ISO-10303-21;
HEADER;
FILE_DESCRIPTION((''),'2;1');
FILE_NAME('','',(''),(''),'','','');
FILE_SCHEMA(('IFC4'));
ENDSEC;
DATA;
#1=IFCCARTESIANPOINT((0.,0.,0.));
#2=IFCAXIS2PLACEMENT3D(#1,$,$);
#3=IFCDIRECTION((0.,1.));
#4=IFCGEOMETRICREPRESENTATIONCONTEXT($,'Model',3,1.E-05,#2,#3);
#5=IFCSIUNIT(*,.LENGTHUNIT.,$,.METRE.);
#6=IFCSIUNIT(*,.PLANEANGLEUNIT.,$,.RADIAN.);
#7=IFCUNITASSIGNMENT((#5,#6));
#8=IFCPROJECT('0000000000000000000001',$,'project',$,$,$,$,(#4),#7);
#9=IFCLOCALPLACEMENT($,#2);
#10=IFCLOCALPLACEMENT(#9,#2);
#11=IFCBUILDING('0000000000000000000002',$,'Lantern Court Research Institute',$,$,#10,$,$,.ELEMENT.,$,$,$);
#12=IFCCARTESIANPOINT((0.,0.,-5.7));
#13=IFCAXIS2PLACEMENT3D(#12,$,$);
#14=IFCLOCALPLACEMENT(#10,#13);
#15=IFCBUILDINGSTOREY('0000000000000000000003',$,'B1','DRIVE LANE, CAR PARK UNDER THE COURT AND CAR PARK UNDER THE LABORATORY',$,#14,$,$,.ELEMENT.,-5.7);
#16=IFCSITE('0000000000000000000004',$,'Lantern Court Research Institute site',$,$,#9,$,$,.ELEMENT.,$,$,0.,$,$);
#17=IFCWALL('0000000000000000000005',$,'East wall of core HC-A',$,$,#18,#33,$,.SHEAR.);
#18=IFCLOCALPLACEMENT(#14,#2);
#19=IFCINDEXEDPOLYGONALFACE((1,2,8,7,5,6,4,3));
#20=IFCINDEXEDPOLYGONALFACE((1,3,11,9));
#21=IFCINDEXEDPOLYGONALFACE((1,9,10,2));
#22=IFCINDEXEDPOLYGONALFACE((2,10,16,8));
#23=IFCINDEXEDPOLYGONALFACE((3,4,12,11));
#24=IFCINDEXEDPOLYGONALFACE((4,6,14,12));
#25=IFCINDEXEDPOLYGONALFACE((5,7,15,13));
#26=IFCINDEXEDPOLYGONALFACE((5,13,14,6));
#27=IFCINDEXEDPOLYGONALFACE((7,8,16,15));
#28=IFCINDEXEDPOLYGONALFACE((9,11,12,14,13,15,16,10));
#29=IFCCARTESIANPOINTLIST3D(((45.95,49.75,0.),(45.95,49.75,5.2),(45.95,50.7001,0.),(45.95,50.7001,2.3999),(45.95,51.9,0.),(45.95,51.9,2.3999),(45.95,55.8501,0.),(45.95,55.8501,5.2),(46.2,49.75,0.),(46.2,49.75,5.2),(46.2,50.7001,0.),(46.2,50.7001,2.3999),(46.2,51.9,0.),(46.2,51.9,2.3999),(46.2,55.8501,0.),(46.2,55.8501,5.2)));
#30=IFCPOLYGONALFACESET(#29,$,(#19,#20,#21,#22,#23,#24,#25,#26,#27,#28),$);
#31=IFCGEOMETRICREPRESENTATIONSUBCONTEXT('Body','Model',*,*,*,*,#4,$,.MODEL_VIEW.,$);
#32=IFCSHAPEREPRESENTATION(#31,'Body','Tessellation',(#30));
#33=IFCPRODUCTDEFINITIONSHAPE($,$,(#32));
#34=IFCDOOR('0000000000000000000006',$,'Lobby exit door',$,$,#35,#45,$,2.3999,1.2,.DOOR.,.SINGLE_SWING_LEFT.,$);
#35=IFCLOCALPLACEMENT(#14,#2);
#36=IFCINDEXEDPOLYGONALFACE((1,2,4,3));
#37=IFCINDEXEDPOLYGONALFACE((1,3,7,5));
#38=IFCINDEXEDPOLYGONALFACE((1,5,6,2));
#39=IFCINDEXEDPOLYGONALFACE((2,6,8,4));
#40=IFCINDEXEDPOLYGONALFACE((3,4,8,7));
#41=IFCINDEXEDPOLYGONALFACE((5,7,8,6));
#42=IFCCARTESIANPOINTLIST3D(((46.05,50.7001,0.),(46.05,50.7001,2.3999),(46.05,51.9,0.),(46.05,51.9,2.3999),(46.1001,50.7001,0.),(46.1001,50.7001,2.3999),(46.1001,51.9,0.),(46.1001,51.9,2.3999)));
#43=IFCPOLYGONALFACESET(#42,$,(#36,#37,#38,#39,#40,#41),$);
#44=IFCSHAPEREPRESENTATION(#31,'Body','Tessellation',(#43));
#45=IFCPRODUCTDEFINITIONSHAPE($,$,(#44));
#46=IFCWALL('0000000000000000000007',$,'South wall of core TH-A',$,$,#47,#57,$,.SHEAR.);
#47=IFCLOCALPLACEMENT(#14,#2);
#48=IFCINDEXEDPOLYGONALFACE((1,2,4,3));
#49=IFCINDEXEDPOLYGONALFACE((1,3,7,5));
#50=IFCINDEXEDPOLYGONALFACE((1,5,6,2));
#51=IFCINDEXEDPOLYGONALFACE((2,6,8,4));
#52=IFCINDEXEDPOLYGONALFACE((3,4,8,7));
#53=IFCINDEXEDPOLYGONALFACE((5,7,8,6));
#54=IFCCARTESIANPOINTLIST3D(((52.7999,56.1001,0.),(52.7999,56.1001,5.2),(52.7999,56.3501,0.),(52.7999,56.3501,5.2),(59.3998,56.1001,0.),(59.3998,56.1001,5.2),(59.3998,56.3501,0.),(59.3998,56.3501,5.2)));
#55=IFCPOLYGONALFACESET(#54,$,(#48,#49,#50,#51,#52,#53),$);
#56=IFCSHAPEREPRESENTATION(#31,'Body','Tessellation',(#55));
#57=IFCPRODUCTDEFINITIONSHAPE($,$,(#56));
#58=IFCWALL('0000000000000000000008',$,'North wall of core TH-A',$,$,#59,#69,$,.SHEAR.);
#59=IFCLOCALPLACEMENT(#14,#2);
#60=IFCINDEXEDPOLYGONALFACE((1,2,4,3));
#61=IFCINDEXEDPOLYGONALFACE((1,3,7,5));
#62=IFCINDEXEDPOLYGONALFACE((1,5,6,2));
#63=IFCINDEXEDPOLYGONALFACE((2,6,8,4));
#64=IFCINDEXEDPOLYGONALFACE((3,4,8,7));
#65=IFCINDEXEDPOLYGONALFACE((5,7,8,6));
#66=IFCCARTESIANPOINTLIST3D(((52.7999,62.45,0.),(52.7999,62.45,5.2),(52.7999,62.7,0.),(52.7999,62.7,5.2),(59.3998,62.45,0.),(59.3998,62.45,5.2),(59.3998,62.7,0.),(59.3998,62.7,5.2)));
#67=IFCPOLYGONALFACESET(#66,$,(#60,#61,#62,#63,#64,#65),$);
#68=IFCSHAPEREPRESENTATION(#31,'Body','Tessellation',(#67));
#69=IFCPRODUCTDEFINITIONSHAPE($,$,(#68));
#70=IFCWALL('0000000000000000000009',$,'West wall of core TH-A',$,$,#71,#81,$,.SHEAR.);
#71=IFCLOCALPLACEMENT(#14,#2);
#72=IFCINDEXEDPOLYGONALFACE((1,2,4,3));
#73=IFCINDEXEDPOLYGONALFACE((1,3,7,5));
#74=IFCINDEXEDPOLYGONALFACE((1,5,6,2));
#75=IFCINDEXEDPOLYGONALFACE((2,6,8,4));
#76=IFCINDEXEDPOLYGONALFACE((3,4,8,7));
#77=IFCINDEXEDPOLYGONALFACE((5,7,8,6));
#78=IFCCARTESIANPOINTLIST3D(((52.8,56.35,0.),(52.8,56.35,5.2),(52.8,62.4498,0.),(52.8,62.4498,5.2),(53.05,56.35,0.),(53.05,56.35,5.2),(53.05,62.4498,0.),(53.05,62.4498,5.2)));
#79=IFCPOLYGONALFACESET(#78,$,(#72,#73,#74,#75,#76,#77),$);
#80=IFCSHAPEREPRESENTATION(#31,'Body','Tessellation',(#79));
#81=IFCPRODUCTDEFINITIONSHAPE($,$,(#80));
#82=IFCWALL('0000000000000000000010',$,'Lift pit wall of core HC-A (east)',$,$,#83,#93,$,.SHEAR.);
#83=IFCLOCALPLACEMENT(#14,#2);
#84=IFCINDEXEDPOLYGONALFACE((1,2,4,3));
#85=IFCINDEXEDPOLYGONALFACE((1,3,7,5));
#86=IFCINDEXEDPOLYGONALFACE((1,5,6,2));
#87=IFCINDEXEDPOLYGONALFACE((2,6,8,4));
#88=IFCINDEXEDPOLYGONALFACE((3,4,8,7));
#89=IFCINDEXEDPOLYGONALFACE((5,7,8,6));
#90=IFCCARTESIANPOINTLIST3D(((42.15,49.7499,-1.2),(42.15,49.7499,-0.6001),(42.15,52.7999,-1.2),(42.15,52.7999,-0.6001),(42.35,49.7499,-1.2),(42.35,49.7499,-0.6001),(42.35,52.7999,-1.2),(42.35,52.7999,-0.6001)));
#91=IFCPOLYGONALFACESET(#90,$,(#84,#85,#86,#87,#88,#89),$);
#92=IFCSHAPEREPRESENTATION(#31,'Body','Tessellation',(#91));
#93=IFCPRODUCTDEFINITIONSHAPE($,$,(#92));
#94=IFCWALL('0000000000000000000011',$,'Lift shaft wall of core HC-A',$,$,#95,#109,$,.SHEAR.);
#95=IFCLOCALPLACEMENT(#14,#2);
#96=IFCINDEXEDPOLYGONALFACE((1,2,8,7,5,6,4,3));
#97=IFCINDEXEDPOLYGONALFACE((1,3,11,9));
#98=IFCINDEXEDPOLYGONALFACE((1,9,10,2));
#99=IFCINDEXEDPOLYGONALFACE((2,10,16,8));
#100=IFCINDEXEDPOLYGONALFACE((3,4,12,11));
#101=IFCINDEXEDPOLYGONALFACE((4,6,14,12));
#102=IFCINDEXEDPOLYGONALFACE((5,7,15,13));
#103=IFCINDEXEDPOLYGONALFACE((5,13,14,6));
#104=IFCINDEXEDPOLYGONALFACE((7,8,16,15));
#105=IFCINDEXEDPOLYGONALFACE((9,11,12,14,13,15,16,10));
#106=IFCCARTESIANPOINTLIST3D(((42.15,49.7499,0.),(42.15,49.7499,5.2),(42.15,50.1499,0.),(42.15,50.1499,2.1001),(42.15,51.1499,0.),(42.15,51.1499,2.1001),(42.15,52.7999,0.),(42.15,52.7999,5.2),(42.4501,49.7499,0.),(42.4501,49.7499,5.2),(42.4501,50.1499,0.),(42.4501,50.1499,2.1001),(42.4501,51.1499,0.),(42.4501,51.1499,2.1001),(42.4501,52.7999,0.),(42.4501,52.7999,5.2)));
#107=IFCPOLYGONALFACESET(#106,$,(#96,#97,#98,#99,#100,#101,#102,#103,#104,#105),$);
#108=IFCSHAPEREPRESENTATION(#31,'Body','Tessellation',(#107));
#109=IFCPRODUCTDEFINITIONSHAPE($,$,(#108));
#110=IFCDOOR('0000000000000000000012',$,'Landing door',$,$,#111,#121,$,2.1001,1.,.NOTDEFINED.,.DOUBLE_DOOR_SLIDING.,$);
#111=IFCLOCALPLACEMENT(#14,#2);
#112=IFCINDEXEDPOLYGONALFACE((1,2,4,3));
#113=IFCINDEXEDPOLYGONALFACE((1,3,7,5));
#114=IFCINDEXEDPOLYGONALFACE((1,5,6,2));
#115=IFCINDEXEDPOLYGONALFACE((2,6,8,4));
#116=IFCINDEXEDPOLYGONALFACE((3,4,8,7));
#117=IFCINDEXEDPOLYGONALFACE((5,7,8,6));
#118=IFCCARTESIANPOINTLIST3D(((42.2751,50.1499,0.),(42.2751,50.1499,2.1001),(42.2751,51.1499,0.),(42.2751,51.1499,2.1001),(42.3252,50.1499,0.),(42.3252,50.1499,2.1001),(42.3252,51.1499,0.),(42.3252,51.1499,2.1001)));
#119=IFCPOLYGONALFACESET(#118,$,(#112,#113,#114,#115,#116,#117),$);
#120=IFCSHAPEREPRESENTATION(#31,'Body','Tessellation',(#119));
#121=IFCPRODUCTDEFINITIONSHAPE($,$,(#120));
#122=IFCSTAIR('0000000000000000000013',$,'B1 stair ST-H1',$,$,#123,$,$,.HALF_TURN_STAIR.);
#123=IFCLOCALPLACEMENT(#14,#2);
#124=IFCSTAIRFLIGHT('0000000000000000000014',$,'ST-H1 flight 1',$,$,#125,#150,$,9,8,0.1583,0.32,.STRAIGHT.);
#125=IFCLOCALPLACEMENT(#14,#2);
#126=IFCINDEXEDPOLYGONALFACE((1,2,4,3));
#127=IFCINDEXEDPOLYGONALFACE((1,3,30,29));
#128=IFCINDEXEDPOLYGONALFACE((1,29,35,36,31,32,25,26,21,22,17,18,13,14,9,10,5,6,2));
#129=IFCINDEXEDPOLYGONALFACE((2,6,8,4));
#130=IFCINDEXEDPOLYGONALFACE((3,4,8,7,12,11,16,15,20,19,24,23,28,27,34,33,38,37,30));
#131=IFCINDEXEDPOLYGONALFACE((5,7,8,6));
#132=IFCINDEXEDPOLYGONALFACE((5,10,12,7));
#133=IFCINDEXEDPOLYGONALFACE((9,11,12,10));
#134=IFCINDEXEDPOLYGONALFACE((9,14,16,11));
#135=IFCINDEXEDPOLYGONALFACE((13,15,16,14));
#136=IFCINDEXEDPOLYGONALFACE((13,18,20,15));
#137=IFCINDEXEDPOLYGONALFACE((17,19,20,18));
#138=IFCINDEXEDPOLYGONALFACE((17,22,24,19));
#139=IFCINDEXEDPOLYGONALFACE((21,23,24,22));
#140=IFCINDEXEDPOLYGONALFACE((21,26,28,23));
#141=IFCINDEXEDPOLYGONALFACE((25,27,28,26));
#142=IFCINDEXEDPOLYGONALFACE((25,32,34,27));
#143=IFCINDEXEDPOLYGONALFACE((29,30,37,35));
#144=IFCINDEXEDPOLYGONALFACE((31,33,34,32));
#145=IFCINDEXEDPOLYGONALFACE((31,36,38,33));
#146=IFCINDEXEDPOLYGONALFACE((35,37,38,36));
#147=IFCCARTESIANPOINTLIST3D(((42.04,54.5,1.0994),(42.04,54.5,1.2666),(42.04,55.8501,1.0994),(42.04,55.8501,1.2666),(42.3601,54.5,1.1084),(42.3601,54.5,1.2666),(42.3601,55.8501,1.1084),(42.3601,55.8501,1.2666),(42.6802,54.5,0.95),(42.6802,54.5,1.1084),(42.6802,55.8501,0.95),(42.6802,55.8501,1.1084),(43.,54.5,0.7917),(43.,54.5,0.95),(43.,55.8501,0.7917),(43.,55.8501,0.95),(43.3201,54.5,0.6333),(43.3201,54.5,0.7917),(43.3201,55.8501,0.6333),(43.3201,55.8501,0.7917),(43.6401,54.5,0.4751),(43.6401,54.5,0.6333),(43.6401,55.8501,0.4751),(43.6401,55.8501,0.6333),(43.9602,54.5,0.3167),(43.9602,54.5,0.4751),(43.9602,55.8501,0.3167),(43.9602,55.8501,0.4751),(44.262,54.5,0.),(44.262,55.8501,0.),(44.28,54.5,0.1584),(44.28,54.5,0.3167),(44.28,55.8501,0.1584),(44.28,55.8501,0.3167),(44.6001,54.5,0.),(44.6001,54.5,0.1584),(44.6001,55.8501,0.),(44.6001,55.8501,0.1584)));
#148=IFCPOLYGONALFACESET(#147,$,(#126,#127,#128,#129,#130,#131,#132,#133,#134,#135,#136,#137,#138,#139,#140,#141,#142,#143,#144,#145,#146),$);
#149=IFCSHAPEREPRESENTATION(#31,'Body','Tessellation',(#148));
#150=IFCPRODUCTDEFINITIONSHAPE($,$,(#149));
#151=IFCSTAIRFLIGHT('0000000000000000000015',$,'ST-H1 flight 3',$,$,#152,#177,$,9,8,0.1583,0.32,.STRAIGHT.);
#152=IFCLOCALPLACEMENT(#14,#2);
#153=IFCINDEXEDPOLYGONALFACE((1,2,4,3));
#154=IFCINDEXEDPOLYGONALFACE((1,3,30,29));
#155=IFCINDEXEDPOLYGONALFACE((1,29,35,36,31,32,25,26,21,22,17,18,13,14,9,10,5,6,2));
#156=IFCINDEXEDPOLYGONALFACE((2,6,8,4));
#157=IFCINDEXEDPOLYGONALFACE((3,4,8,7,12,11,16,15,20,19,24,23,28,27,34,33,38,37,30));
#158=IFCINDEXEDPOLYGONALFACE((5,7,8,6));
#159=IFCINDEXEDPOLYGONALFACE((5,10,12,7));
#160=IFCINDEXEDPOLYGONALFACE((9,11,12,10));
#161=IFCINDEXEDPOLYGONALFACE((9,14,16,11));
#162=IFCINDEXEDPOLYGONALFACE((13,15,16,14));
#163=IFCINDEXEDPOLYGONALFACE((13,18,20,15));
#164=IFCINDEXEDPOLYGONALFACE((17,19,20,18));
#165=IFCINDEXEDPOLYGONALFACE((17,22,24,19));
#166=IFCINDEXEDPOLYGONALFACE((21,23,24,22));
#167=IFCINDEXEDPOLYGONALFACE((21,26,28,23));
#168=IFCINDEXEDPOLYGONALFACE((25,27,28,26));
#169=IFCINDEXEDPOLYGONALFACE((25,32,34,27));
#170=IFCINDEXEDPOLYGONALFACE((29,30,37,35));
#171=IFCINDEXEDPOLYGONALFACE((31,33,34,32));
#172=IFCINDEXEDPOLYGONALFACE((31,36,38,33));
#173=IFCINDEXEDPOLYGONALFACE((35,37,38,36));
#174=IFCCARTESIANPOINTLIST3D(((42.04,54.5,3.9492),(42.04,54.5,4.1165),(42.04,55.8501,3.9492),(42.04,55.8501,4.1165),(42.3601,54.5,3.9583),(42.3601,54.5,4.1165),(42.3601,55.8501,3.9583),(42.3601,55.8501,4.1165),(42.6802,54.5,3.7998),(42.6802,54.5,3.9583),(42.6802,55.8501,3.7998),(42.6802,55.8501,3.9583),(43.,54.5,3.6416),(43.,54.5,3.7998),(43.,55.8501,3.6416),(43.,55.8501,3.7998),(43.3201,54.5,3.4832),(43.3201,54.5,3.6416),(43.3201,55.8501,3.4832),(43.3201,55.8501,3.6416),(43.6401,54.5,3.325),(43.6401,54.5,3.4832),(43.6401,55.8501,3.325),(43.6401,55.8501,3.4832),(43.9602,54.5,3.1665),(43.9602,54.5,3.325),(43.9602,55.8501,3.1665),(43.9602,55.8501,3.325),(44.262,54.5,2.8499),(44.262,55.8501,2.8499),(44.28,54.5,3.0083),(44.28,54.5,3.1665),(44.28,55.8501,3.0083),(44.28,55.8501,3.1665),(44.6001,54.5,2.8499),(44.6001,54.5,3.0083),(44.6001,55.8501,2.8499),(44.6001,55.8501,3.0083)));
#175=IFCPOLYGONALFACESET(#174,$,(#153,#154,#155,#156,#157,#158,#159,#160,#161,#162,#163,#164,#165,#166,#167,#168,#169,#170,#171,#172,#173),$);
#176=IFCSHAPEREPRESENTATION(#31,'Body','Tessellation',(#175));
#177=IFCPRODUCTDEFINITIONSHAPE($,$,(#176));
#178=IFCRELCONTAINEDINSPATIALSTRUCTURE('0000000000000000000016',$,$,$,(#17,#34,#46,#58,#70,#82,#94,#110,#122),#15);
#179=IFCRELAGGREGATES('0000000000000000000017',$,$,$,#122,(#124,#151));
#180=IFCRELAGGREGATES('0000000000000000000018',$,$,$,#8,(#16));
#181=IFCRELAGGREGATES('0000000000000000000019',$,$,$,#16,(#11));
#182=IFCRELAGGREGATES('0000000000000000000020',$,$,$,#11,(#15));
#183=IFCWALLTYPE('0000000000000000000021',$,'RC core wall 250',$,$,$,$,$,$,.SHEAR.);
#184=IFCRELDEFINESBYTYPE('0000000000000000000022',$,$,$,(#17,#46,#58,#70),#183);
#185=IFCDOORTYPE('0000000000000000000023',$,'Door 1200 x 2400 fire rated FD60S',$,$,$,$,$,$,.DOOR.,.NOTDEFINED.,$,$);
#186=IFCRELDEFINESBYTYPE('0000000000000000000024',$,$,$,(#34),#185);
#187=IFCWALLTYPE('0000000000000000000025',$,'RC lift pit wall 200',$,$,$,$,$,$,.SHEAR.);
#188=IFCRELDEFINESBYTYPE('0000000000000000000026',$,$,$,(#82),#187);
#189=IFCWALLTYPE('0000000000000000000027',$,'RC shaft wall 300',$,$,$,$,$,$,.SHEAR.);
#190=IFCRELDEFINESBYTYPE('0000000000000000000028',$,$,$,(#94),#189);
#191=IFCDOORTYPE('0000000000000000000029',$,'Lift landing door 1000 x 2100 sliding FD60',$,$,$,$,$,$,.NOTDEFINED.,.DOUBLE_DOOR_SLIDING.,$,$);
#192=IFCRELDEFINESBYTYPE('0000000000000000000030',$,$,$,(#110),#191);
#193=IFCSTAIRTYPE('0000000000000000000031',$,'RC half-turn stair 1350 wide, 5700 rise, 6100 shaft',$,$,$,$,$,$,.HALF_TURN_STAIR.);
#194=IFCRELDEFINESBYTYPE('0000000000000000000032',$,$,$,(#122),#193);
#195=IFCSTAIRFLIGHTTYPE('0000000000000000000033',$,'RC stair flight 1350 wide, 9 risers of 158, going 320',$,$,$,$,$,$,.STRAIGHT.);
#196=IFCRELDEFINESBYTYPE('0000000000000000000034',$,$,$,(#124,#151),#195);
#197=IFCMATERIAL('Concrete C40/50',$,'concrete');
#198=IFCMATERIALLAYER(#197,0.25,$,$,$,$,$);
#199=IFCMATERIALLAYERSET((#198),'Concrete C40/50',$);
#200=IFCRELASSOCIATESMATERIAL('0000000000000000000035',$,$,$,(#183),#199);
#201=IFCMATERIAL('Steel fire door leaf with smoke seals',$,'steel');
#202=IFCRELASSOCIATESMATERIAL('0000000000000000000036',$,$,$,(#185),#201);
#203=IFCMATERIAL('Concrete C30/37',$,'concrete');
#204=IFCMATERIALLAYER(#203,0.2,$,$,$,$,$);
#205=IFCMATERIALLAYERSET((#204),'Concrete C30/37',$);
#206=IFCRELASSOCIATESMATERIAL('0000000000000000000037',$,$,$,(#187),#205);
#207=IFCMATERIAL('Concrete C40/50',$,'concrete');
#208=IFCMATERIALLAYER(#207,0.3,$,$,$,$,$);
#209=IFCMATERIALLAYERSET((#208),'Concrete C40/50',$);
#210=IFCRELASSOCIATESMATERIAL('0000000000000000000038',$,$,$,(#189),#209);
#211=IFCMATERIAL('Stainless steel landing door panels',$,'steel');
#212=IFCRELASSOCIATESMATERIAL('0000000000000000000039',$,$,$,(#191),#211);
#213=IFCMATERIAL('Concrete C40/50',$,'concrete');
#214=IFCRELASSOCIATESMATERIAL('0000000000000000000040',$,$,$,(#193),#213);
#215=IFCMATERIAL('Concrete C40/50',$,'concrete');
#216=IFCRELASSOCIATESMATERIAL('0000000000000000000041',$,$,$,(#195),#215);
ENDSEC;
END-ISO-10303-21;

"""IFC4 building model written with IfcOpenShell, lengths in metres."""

from ifc_helpers import new_model, si_unit, direction, frame, frame_2d, origin, place, context, subcontext, project, spatial, polyline, rectangle, outline, extrude, material, layer, layer_set, type_object, element, fill, aggregate, save


model = new_model("IFC4")

# Units and contexts
model_context = context("Model", 3, precision=1e-05, world=origin(), true_north=direction((0.0, 1.0)))
body_context = subcontext(model_context, "Body", "Model", "MODEL_VIEW")
ifc_project = project(units=[si_unit("LENGTHUNIT", "METRE"), si_unit("PLANEANGLEUNIT", "RADIAN")], contexts=[model_context])

# Site, building, storey
site_placement = place(None, origin())
site = spatial("IfcSite", under=ifc_project, at=site_placement, Name="Lantern Court Research Institute site", CompositionType="ELEMENT", RefElevation=0.0)
building_placement = place(site_placement, origin())
building = spatial("IfcBuilding", under=site, at=building_placement, Name="Lantern Court Research Institute", CompositionType="ELEMENT")
storey_placement = place(building_placement, frame((0.0, 0.0, -5.7)))
storey = spatial("IfcBuildingStorey", under=building, at=storey_placement, Name="B1", Description="DRIVE LANE, CAR PARK UNDER THE COURT AND CAR PARK UNDER THE LABORATORY", CompositionType="ELEMENT", Elevation=-5.7)

# Wall, opening, door
ifc_material_1 = material(Name="Concrete C40/50", Category="concrete")
ifc_layer_1 = layer(ifc_material_1, 0.25)
ifc_layer_set_1 = layer_set([ifc_layer_1], Name="Concrete C40/50")
wall_type_1 = type_object("IfcWallType", Name="RC core wall 250", PredefinedType="SHEAR", material=ifc_layer_set_1)
wall_1_placement = place(storey_placement, frame((46.075, 49.75, 0.0), z_axis=(0.0, 0.0, 1.0), x_axis=(0.0, 1.0, 0.0)))
wall_1 = element("IfcWall", 1, at=wall_1_placement, inside=storey, type_object=wall_type_1, Name="East wall of core HC-A", PredefinedType="SHEAR", context=body_context, shape_type="SweptSolid", body=[
    extrude(rectangle(XDim=6.1001, YDim=0.25, at=frame_2d((3.05, 0.0))), origin(), (0.0, 0.0, 1.0), 5.2),
])
opening_1_placement = place(wall_1_placement, frame((0.95, 0.0, 0.0)))
opening_1 = element("IfcOpeningElement", 2, at=opening_1_placement, cuts=wall_1, PredefinedType="OPENING", context=body_context, shape_type="SweptSolid", body=[
    extrude(rectangle(XDim=1.2, YDim=2.3999, at=frame_2d((0.6001, 1.2))), frame((0.0, 0.135, 0.0), z_axis=(0.0, -1.0, 0.0), x_axis=(1.0, 0.0, 0.0)), (0.0, 0.0, 1.0), 0.27),
])
ifc_material_2 = material(Name="Steel fire door leaf with smoke seals", Category="steel")
door_type_1 = type_object("IfcDoorType", Name="Door 1200 x 2400 fire rated FD60S", OperationType="NOTDEFINED", PredefinedType="DOOR", material=ifc_material_2)
door_1_placement = place(opening_1_placement, origin())
door_1 = element("IfcDoor", 3, at=door_1_placement, inside=storey, type_object=door_type_1, Name="Lobby exit door", OperationType="SINGLE_SWING_LEFT", OverallHeight=2.3999, OverallWidth=1.2, PredefinedType="DOOR", context=body_context, shape_type="SweptSolid", body=[
    extrude(rectangle(XDim=1.2, YDim=2.3999, at=frame_2d((0.6001, 1.2))), frame((0.0, 0.0249, 0.0), z_axis=(0.0, -1.0, 0.0), x_axis=(1.0, 0.0, 0.0)), (0.0, 0.0, 1.0), 0.05),
])
fill(opening_1, door_1)

# Walls
for number, where, z_axis, x_axis, name in (
    (4, (52.8, 56.2251, 0.0), (0.0, 0.0, 1.0), (1.0, 0.0, 0.0), "South wall of core TH-A"),
    (5, (52.8, 62.575, 0.0), (0.0, 0.0, 1.0), (1.0, 0.0, 0.0), "North wall of core TH-A"),
):
    element("IfcWall", number, at=place(storey_placement, frame(where, z_axis=z_axis, x_axis=x_axis)), inside=storey, type_object=wall_type_1, Name=name, PredefinedType="SHEAR", context=body_context, shape_type="SweptSolid", body=[
        extrude(rectangle(XDim=6.5999, YDim=0.25, at=frame_2d((3.2998, 0.0))), origin(), (0.0, 0.0, 1.0), 5.2),
    ])
wall_2_placement = place(storey_placement, frame((52.925, 56.3501, 0.0), z_axis=(0.0, 0.0, 1.0), x_axis=(0.0, 1.0, 0.0)))
element("IfcWall", 6, at=wall_2_placement, inside=storey, type_object=wall_type_1, Name="West wall of core TH-A", PredefinedType="SHEAR", context=body_context, shape_type="SweptSolid", body=[
    extrude(rectangle(XDim=6.0999, YDim=0.25, at=frame_2d((3.0498, 0.0))), origin(), (0.0, 0.0, 1.0), 5.2),
])
ifc_material_3 = material(Name="Concrete C30/37", Category="concrete")
ifc_layer_2 = layer(ifc_material_3, 0.2)
ifc_layer_set_2 = layer_set([ifc_layer_2], Name="Concrete C30/37")
wall_type_2 = type_object("IfcWallType", Name="RC lift pit wall 200", PredefinedType="SHEAR", material=ifc_layer_set_2)
wall_3_placement = place(storey_placement, frame((42.25, 49.75, -1.2), z_axis=(0.0, 0.0, 1.0), x_axis=(0.0, 1.0, 0.0)))
element("IfcWall", 7, at=wall_3_placement, inside=storey, type_object=wall_type_2, Name="Lift pit wall of core HC-A (east)", PredefinedType="SHEAR", context=body_context, shape_type="SweptSolid", body=[
    extrude(rectangle(XDim=3.05, YDim=0.2, at=frame_2d((1.5249, 0.0))), origin(), (0.0, 0.0, 1.0), 0.5999),
])

# Wall, opening, door
ifc_material_4 = material(Name="Concrete C40/50", Category="concrete")
ifc_layer_3 = layer(ifc_material_4, 0.3)
ifc_layer_set_3 = layer_set([ifc_layer_3], Name="Concrete C40/50")
wall_type_3 = type_object("IfcWallType", Name="RC shaft wall 300", PredefinedType="SHEAR", material=ifc_layer_set_3)
wall_4_placement = place(storey_placement, frame((42.3, 49.75, 0.0), z_axis=(0.0, 0.0, 1.0), x_axis=(0.0, 1.0, 0.0)))
wall_4 = element("IfcWall", 8, at=wall_4_placement, inside=storey, type_object=wall_type_3, Name="Lift shaft wall of core HC-A", PredefinedType="SHEAR", context=body_context, shape_type="SweptSolid", body=[
    extrude(rectangle(XDim=3.05, YDim=0.3, at=frame_2d((1.5249, 0.0))), origin(), (0.0, 0.0, 1.0), 5.2),
])
opening_2_placement = place(wall_4_placement, frame((0.3999, 0.0, 0.0)))
opening_2 = element("IfcOpeningElement", 9, at=opening_2_placement, cuts=wall_4, PredefinedType="OPENING", context=body_context, shape_type="SweptSolid", body=[
    extrude(rectangle(XDim=1.0, YDim=2.1001, at=frame_2d((0.5, 1.05))), frame((0.0, 0.1599, 0.0), z_axis=(0.0, -1.0, 0.0), x_axis=(1.0, 0.0, 0.0)), (0.0, 0.0, 1.0), 0.3201),
])
ifc_material_5 = material(Name="Stainless steel landing door panels", Category="steel")
door_type_2 = type_object("IfcDoorType", Name="Lift landing door 1000 x 2100 sliding FD60", OperationType="DOUBLE_DOOR_SLIDING", PredefinedType="NOTDEFINED", material=ifc_material_5)
door_2_placement = place(opening_2_placement, origin())
door_2 = element("IfcDoor", 10, at=door_2_placement, inside=storey, type_object=door_type_2, Name="Landing door", OperationType="DOUBLE_DOOR_SLIDING", OverallHeight=2.1001, OverallWidth=1.0, PredefinedType="NOTDEFINED", context=body_context, shape_type="SweptSolid", body=[
    extrude(rectangle(XDim=1.0, YDim=2.1001, at=frame_2d((0.5, 1.05))), frame((0.0, 0.0249, 0.0), z_axis=(0.0, -1.0, 0.0), x_axis=(1.0, 0.0, 0.0)), (0.0, 0.0, 1.0), 0.05),
])
fill(opening_2, door_2)

# Stair, stair flights
ifc_material_6 = material(Name="Concrete C40/50", Category="concrete")
stair_type = type_object("IfcStairType", Name="RC half-turn stair 1350 wide, 5700 rise, 6100 shaft", PredefinedType="HALF_TURN_STAIR", material=ifc_material_6)
stair_placement = place(storey_placement, origin())
stair = element("IfcStair", 11, at=stair_placement, inside=storey, type_object=stair_type, Name="B1 stair ST-H1", PredefinedType="HALF_TURN_STAIR")
ifc_material_7 = material(Name="Concrete C40/50", Category="concrete")
stair_flight_type = type_object("IfcStairFlightType", Name="RC stair flight 1350 wide, 9 risers of 158, going 320", PredefinedType="STRAIGHT", material=ifc_material_7)
stair_flight_1_placement = place(storey_placement, frame((44.6001, 55.175, 0.0), z_axis=(0.0, 0.0, 1.0), x_axis=(-1.0, 0.0, 0.0)))
stair_flight_1 = element("IfcStairFlight", 12, at=stair_flight_1_placement, type_object=stair_flight_type, Name="ST-H1 flight 1", NumberOfRisers=9, NumberOfTreads=8, PredefinedType="STRAIGHT", RiserHeight=0.1583, TreadLength=0.32, context=body_context, shape_type="SweptSolid", body=[
    extrude(outline(polyline([(0.0, 0.0), (0.0, 0.1584), (0.3201, 0.1584), (0.3201, 0.3167), (0.6399, 0.3167), (0.6399, 0.4751), (0.96, 0.4751), (0.96, 0.6333), (1.28, 0.6333), (1.28, 0.7917), (1.6001, 0.7917), (1.6001, 0.95), (1.9199, 0.95), (1.9199, 1.1084), (2.24, 1.1084), (2.24, 1.2666), (2.5601, 1.2666), (2.5601, 1.425), (2.5601, 1.0994), (0.3381, 0.0), (0.0, 0.0)])), frame((0.0, 0.675, 0.0), z_axis=(0.0, -1.0, 0.0), x_axis=(1.0, 0.0, 0.0)), (0.0, 0.0, 1.0), 1.3501),
])
stair_flight_2_placement = place(storey_placement, frame((44.6001, 55.175, 2.8499), z_axis=(0.0, 0.0, 1.0), x_axis=(-1.0, 0.0, 0.0)))
stair_flight_2 = element("IfcStairFlight", 13, at=stair_flight_2_placement, type_object=stair_flight_type, Name="ST-H1 flight 3", NumberOfRisers=9, NumberOfTreads=8, PredefinedType="STRAIGHT", RiserHeight=0.1583, TreadLength=0.32, context=body_context, shape_type="SweptSolid", body=[
    extrude(outline(polyline([(0.0, 0.0), (0.0, 0.1584), (0.3201, 0.1584), (0.3201, 0.3167), (0.6399, 0.3167), (0.6399, 0.4751), (0.96, 0.4751), (0.96, 0.6333), (1.28, 0.6333), (1.28, 0.7917), (1.6001, 0.7917), (1.6001, 0.95), (1.9199, 0.95), (1.9199, 1.1084), (2.24, 1.1084), (2.24, 1.2666), (2.5601, 1.2666), (2.5601, 1.425), (2.5601, 1.0994), (0.3381, 0.0), (0.0, 0.0)])), frame((0.0, 0.675, 0.0), z_axis=(0.0, -1.0, 0.0), x_axis=(1.0, 0.0, 0.0)), (0.0, 0.0, 1.0), 1.3501),
])
aggregate(stair, [stair_flight_1, stair_flight_2])

save(model, "model.ifc")
